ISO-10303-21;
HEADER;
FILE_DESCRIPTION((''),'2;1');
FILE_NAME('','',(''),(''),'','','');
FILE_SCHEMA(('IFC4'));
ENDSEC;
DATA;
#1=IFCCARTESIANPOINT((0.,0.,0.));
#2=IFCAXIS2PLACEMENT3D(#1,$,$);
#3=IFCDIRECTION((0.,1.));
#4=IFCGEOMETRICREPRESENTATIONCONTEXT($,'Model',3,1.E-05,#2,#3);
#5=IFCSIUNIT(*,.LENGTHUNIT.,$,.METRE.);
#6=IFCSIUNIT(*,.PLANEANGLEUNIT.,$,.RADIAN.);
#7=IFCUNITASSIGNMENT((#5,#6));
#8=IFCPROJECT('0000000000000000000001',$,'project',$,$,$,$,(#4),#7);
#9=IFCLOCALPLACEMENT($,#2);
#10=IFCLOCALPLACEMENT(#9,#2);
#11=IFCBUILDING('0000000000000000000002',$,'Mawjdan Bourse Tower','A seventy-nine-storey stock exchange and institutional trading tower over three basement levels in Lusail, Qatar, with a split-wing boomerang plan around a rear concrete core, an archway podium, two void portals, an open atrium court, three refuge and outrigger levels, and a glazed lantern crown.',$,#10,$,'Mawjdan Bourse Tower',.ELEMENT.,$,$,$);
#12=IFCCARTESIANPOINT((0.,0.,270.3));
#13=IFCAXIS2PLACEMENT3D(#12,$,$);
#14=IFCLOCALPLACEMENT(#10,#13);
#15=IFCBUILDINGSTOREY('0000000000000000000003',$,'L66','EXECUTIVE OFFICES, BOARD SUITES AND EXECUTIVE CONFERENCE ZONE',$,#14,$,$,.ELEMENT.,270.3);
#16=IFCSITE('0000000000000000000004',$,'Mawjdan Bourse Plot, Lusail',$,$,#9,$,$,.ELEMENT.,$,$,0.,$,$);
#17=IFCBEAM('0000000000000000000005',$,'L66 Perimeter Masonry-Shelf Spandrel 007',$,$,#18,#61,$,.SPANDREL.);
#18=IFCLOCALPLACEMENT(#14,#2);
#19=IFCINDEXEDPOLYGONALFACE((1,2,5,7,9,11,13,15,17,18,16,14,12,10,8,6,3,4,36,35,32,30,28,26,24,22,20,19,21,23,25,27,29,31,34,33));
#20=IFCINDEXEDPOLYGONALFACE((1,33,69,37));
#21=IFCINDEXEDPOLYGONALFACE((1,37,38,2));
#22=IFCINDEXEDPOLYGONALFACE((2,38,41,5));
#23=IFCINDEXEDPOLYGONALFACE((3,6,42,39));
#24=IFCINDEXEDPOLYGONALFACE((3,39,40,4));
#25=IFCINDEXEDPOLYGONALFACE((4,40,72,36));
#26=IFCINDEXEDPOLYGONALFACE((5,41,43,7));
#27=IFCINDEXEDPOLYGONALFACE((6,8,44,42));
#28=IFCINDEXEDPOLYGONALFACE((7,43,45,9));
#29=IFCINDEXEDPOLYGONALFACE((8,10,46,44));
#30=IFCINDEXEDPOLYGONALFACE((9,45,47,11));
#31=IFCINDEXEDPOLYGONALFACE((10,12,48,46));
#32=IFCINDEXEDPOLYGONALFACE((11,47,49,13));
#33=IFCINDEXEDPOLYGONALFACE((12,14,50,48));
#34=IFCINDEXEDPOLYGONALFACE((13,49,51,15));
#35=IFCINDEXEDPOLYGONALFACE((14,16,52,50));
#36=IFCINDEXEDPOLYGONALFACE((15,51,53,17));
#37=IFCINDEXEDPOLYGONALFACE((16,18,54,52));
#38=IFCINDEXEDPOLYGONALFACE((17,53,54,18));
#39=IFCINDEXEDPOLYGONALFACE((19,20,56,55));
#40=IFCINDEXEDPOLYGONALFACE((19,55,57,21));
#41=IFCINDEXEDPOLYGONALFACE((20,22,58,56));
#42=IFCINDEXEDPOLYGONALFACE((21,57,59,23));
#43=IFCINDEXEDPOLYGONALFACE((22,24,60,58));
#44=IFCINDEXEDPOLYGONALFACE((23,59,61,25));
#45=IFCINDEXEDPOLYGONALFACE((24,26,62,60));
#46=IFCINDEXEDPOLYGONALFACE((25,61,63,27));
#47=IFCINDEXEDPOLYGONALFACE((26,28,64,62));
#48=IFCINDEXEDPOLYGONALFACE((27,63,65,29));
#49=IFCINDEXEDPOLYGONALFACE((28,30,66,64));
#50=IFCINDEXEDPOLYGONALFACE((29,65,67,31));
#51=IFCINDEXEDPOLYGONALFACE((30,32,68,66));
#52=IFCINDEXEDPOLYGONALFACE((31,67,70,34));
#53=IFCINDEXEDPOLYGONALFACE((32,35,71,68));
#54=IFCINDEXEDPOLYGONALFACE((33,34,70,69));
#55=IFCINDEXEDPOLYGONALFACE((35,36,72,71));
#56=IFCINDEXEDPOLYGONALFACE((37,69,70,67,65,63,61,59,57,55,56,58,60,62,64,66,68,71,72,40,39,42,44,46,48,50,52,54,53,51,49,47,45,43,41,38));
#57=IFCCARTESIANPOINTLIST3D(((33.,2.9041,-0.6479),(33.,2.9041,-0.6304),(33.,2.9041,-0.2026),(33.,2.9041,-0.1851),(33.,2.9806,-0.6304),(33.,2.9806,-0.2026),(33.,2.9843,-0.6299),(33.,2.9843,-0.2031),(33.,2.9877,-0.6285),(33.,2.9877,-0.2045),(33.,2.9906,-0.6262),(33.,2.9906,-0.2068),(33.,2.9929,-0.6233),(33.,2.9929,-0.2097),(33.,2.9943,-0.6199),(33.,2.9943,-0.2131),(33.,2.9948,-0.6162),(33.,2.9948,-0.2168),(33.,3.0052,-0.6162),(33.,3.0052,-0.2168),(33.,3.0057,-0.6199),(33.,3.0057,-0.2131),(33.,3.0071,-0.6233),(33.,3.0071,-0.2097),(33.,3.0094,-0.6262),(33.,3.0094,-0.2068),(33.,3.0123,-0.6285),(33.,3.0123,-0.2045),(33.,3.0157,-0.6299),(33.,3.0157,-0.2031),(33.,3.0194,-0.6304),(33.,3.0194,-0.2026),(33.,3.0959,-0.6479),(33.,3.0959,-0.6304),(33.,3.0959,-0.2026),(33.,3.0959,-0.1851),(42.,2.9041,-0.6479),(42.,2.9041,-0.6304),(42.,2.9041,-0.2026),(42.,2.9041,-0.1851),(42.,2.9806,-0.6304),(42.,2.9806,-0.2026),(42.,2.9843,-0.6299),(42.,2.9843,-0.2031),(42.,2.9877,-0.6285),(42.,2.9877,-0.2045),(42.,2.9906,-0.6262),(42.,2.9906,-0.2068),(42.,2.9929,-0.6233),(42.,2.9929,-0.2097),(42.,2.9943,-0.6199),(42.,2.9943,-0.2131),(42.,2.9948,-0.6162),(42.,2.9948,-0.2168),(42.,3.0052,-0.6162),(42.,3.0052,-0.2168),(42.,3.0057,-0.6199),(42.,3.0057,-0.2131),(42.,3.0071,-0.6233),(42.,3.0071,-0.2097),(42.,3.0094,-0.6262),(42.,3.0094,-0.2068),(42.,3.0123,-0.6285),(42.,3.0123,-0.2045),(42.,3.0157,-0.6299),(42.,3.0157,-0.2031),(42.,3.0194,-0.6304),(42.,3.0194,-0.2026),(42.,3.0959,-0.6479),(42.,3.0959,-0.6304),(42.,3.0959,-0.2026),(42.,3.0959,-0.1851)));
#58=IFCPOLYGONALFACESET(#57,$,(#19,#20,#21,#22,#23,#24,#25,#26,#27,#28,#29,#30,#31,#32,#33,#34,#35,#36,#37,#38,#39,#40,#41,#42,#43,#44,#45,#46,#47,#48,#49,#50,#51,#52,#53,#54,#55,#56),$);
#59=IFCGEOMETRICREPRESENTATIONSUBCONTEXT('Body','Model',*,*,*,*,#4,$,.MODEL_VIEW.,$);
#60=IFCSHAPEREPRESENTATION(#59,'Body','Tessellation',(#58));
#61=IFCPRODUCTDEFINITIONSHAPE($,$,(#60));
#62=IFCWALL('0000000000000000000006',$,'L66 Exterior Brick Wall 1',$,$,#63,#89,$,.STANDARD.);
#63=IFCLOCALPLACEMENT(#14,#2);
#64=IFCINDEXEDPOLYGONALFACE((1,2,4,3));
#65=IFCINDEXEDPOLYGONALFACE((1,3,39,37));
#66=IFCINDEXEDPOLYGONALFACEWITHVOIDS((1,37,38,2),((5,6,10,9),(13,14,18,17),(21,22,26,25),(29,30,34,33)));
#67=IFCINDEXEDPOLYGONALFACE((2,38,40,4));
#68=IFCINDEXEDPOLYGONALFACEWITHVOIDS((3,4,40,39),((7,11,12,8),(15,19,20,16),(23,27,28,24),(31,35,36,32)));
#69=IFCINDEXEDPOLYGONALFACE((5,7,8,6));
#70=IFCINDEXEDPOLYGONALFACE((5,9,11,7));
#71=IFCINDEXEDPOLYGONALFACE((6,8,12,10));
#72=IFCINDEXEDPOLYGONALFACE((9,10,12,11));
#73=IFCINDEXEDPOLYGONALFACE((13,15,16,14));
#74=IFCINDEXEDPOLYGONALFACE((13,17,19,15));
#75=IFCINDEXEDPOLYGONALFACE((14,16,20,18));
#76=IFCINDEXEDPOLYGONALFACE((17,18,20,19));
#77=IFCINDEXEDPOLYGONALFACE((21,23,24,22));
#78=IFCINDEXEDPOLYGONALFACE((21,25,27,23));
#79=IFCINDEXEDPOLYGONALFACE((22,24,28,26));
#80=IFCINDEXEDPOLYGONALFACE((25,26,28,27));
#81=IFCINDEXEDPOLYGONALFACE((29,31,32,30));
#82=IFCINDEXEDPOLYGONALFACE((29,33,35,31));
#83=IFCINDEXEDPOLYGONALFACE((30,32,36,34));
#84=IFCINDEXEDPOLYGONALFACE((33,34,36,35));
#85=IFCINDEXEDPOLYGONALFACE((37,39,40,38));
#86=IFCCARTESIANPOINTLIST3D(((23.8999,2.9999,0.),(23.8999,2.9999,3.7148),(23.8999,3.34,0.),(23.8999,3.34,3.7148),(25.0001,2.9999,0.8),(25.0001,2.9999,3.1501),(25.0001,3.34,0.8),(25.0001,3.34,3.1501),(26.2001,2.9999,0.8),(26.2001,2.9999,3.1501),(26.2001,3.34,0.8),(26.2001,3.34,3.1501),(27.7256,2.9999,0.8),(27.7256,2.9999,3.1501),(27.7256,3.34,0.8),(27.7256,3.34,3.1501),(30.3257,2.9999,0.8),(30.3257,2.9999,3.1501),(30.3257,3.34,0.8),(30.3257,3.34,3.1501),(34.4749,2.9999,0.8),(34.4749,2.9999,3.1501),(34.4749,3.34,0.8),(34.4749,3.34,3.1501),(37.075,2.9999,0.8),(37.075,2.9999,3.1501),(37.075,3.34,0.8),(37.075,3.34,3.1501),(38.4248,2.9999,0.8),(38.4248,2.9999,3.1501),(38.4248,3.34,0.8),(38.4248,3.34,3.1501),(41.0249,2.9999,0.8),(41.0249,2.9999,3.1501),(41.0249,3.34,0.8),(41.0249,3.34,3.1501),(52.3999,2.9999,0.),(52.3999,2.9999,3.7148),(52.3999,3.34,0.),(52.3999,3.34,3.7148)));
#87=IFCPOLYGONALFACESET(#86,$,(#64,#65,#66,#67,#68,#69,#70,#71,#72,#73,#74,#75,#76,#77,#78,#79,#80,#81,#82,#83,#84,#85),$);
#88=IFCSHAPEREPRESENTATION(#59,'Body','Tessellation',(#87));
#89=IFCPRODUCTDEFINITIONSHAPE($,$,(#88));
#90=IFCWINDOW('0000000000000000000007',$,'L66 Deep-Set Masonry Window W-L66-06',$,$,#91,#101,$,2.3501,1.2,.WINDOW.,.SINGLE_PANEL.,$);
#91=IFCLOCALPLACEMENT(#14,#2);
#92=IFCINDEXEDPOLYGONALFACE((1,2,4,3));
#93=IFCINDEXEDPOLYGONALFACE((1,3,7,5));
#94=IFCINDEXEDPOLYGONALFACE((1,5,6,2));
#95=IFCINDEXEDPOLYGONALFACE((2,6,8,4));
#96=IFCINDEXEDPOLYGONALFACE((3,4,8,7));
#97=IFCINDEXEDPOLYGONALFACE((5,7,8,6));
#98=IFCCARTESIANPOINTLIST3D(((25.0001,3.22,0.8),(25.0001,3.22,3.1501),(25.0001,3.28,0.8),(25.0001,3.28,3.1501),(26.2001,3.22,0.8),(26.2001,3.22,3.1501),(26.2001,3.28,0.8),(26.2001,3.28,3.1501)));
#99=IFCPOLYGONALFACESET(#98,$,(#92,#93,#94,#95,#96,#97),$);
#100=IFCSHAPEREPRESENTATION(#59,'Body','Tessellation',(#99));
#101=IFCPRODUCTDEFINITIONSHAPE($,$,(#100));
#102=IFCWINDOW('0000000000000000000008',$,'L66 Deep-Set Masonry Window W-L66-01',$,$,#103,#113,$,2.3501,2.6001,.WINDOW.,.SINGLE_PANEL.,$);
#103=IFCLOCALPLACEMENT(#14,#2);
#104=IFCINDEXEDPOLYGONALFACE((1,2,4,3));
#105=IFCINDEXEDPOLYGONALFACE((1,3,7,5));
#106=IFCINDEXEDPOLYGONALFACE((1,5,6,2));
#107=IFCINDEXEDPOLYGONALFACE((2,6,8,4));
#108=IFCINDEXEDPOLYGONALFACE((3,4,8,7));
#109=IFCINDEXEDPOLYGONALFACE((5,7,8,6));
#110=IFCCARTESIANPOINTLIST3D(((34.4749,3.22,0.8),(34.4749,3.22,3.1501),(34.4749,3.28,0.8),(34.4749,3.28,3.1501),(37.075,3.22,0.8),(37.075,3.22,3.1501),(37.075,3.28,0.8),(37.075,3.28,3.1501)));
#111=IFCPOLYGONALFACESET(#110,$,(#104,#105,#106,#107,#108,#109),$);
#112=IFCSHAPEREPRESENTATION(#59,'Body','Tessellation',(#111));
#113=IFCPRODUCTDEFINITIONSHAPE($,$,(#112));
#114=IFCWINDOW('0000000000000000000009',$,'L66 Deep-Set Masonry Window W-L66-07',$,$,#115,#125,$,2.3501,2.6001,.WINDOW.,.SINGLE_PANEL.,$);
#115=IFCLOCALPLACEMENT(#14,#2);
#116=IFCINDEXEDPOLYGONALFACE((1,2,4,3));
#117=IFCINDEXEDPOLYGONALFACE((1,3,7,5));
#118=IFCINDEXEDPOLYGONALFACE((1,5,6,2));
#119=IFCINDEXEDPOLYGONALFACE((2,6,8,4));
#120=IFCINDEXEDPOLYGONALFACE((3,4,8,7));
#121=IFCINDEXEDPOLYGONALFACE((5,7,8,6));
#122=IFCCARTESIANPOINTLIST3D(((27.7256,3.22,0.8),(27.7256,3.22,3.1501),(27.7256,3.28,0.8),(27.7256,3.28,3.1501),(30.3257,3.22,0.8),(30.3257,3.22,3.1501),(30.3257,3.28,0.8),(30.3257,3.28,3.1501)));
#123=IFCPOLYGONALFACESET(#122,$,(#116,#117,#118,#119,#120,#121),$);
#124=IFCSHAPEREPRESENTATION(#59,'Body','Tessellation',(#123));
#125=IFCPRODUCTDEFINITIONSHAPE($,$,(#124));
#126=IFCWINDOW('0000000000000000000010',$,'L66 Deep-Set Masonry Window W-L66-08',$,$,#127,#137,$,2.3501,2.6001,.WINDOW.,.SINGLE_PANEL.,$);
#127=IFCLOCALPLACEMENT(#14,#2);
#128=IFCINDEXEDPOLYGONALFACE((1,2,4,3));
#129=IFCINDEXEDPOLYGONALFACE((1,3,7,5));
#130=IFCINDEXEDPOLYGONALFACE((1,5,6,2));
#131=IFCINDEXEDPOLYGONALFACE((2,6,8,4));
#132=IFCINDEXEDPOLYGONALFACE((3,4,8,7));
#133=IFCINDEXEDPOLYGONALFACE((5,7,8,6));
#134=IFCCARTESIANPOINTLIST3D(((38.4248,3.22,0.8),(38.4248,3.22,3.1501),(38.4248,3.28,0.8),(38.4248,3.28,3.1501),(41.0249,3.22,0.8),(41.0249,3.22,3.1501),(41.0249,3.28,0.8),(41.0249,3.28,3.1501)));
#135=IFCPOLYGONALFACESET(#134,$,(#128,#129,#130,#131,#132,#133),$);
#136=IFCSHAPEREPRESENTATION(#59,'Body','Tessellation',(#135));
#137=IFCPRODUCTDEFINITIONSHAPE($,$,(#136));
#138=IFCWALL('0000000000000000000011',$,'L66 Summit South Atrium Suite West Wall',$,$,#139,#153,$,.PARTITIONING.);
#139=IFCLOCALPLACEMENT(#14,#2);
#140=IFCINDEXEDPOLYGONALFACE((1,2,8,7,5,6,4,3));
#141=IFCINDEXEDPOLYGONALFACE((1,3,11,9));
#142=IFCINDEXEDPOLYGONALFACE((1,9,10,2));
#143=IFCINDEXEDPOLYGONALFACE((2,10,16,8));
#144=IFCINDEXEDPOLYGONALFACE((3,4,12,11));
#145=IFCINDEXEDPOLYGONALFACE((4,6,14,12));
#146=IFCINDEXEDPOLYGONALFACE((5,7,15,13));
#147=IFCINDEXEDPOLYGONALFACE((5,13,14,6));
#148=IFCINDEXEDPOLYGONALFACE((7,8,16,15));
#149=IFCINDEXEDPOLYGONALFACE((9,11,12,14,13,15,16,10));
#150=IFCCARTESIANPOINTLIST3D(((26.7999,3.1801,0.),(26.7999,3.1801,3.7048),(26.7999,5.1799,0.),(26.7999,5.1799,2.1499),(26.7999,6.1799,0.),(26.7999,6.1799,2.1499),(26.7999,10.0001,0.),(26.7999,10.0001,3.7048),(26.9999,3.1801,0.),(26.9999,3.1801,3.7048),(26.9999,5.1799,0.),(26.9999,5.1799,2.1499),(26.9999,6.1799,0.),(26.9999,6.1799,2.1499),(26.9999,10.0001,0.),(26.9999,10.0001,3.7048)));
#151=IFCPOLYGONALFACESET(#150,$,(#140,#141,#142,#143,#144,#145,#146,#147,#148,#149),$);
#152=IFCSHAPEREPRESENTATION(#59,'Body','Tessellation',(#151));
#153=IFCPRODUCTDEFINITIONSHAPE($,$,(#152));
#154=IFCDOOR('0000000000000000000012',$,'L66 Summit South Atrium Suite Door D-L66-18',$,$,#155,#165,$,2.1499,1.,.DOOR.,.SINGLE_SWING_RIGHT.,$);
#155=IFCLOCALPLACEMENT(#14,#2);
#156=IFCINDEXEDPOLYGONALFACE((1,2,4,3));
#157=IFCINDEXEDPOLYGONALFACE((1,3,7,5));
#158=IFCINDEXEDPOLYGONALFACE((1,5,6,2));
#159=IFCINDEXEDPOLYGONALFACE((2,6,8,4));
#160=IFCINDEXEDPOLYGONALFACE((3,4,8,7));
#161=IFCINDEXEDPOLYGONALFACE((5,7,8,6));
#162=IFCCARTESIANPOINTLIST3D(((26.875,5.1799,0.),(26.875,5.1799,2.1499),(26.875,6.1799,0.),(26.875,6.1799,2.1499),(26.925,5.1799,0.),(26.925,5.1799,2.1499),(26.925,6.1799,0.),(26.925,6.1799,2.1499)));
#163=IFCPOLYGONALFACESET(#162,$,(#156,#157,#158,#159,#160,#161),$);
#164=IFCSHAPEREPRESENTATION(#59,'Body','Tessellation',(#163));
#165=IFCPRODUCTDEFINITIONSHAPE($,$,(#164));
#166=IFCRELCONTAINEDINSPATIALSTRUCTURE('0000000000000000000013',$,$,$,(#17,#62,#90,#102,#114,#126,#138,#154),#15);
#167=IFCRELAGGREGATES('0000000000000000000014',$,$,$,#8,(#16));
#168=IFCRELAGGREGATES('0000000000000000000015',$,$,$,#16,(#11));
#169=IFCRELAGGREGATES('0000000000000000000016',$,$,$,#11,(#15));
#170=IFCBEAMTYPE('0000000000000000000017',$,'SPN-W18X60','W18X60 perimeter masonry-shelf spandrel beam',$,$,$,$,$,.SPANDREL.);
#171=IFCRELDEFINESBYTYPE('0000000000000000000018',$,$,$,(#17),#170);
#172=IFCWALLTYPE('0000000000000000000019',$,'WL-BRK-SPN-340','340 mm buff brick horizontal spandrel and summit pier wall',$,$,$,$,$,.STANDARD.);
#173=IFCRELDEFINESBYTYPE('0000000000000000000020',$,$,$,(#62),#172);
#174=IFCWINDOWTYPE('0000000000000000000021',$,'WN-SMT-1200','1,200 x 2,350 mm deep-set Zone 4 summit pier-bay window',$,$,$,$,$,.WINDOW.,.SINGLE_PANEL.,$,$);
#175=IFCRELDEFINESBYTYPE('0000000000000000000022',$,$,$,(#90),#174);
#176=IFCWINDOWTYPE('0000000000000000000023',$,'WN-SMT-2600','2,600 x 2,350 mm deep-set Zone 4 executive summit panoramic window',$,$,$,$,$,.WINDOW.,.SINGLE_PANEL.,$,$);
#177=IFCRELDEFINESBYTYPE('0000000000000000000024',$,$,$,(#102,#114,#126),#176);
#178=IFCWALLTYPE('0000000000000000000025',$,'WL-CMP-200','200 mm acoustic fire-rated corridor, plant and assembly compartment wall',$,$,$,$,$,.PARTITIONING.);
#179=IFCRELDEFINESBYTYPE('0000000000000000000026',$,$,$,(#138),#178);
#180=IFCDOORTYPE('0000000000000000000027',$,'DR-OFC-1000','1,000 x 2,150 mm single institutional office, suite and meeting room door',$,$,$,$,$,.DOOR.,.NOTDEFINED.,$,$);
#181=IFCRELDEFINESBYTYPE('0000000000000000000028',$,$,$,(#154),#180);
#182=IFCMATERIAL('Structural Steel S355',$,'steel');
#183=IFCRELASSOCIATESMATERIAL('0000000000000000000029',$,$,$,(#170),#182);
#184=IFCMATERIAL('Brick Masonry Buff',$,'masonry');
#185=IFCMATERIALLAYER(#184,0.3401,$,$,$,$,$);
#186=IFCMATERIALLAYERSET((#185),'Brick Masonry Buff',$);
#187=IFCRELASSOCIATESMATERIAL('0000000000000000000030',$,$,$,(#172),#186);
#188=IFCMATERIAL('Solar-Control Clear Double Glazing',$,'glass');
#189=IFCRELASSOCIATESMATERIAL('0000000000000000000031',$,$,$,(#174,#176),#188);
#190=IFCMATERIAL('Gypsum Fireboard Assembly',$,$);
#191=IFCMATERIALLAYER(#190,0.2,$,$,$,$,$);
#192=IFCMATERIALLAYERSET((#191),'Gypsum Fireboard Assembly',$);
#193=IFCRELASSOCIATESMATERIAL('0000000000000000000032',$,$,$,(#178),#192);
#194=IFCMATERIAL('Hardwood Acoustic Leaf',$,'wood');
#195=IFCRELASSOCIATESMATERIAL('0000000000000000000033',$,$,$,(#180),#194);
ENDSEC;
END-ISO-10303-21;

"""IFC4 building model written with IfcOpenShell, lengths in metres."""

from ifc_helpers import new_model, si_unit, direction, frame, frame_2d, origin, origin_2d, place, context, subcontext, project, spatial, rectangle, i_section, extrude, material, layer, layer_set, material_profile, profile_set, type_object, element, fill, save


model = new_model("IFC4")

# Units and contexts
model_context = context("Model", 3, precision=1e-05, world=origin(), true_north=direction((0.0, 1.0)))
body_context = subcontext(model_context, "Body", "Model", "MODEL_VIEW")
ifc_project = project(units=[si_unit("LENGTHUNIT", "METRE"), si_unit("PLANEANGLEUNIT", "RADIAN")], contexts=[model_context])

# Site, building, storey
site_placement = place(None, origin())
site = spatial("IfcSite", under=ifc_project, at=site_placement, Name="Mawjdan Bourse Plot, Lusail", CompositionType="ELEMENT", RefElevation=0.0)
building_placement = place(site_placement, origin())
building = spatial("IfcBuilding", under=site, at=building_placement, Name="Mawjdan Bourse Tower", Description="A seventy-nine-storey stock exchange and institutional trading tower over three basement levels in Lusail, Qatar, with a split-wing boomerang plan around a rear concrete core, an archway podium, two void portals, an open atrium court, three refuge and outrigger levels, and a glazed lantern crown.", LongName="Mawjdan Bourse Tower", CompositionType="ELEMENT")
storey_placement = place(building_placement, frame((0.0, 0.0, 270.3)))
storey = spatial("IfcBuildingStorey", under=building, at=storey_placement, Name="L66", Description="EXECUTIVE OFFICES, BOARD SUITES AND EXECUTIVE CONFERENCE ZONE", CompositionType="ELEMENT", Elevation=270.3)

# Beam
ifc_material_1 = material(Name="Structural Steel S355", Category="steel")
ifc_material_profile_1 = material_profile(ifc_material_1, i_section(OverallWidth=0.1919, OverallDepth=0.4629, WebThickness=0.0105, FlangeThickness=0.0176, FilletRadius=0.0142, at=origin_2d()), Name="W18X60")
ifc_profile_set_1 = profile_set([ifc_material_profile_1], Name="Structural Steel S355")
beam_type_1 = type_object("IfcBeamType", Name="SPN-W18X60", Description="W18X60 perimeter masonry-shelf spandrel beam", PredefinedType="SPANDREL", material=ifc_profile_set_1)
for number, where, z_axis, x_axis, name in (
    (1, (33.0, 3.0, -0.4165), (1.0, 0.0, 0.0), (0.0, 1.0, 0.0), "L66 Perimeter Masonry-Shelf Spandrel 007"),
):
    element("IfcBeam", number, at=place(storey_placement, frame(where, z_axis=z_axis, x_axis=x_axis)), inside=storey, type_object=beam_type_1, Name=name, PredefinedType="SPANDREL", context=body_context, shape_type="SweptSolid", body=[
        extrude(i_section(OverallWidth=0.1919, OverallDepth=0.4629, WebThickness=0.0105, FlangeThickness=0.0176, FilletRadius=0.0142, at=origin_2d()), origin(), (0.0, 0.0, 1.0), 9.0),
    ])

# Wall, openings, windows
ifc_material_2 = material(Name="Brick Masonry Buff", Category="masonry")
ifc_layer_1 = layer(ifc_material_2, 0.3401)
ifc_layer_set_1 = layer_set([ifc_layer_1], Name="Brick Masonry Buff")
wall_type_1 = type_object("IfcWallType", Name="WL-BRK-SPN-340", Description="340 mm buff brick horizontal spandrel and summit pier wall", PredefinedType="STANDARD", material=ifc_layer_set_1)
wall_1_placement = place(storey_placement, frame((23.8999, 3.1699, 0.0), z_axis=(0.0, 0.0, 1.0), x_axis=(1.0, 0.0, 0.0)))
wall_1 = element("IfcWall", 2, at=wall_1_placement, inside=storey, type_object=wall_type_1, Name="L66 Exterior Brick Wall 1", PredefinedType="STANDARD", context=body_context, shape_type="SweptSolid", body=[
    extrude(rectangle(XDim=28.5, YDim=0.3401, at=frame_2d((14.25, 0.0))), origin(), (0.0, 0.0, 1.0), 3.7148),
])
opening_1_placement = place(wall_1_placement, frame((10.575, 0.0, 0.8)))
opening_1 = element("IfcOpeningElement", 3, at=opening_1_placement, cuts=wall_1, PredefinedType="OPENING", context=body_context, shape_type="SweptSolid", body=[
    extrude(rectangle(XDim=2.6001, YDim=2.3501, at=frame_2d((1.3, 1.175))), frame((0.0, 0.1802, 0.0), z_axis=(0.0, -1.0, 0.0), x_axis=(1.0, 0.0, 0.0)), (0.0, 0.0, 1.0), 0.3601),
])
opening_2_placement = place(wall_1_placement, frame((1.1001, 0.0, 0.8)))
opening_2 = element("IfcOpeningElement", 4, at=opening_2_placement, cuts=wall_1, PredefinedType="OPENING", context=body_context, shape_type="SweptSolid", body=[
    extrude(rectangle(XDim=1.2, YDim=2.3501, at=frame_2d((0.6001, 1.175))), frame((0.0, 0.1802, 0.0), z_axis=(0.0, -1.0, 0.0), x_axis=(1.0, 0.0, 0.0)), (0.0, 0.0, 1.0), 0.3601),
])
opening_3_placement = place(wall_1_placement, frame((3.8257, 0.0, 0.8)))
opening_3 = element("IfcOpeningElement", 5, at=opening_3_placement, cuts=wall_1, PredefinedType="OPENING", context=body_context, shape_type="SweptSolid", body=[
    extrude(rectangle(XDim=2.6001, YDim=2.3501, at=frame_2d((1.3, 1.175))), frame((0.0, 0.1802, 0.0), z_axis=(0.0, -1.0, 0.0), x_axis=(1.0, 0.0, 0.0)), (0.0, 0.0, 1.0), 0.3601),
])
opening_4_placement = place(wall_1_placement, frame((14.5249, 0.0, 0.8)))
opening_4 = element("IfcOpeningElement", 6, at=opening_4_placement, cuts=wall_1, PredefinedType="OPENING", context=body_context, shape_type="SweptSolid", body=[
    extrude(rectangle(XDim=2.6001, YDim=2.3501, at=frame_2d((1.3, 1.175))), frame((0.0, 0.1802, 0.0), z_axis=(0.0, -1.0, 0.0), x_axis=(1.0, 0.0, 0.0)), (0.0, 0.0, 1.0), 0.3601),
])
ifc_material_3 = material(Name="Solar-Control Clear Double Glazing", Category="glass")
window_type_1 = type_object("IfcWindowType", Name="WN-SMT-1200", Description="1,200 x 2,350 mm deep-set Zone 4 summit pier-bay window", PartitioningType="SINGLE_PANEL", PredefinedType="WINDOW", material=ifc_material_3)
window_1_placement = place(opening_2_placement, origin())
window_1 = element("IfcWindow", 7, at=window_1_placement, inside=storey, type_object=window_type_1, Name="L66 Deep-Set Masonry Window W-L66-06", OverallHeight=2.3501, OverallWidth=1.2, PartitioningType="SINGLE_PANEL", PredefinedType="WINDOW", context=body_context, shape_type="SweptSolid", body=[
    extrude(rectangle(XDim=1.2, YDim=2.3501, at=frame_2d((0.6001, 1.175))), frame((0.0, 0.1101, 0.0), z_axis=(0.0, -1.0, 0.0), x_axis=(1.0, 0.0, 0.0)), (0.0, 0.0, 1.0), 0.0601),
])
fill(opening_2, window_1)
window_type_2 = type_object("IfcWindowType", Name="WN-SMT-2600", Description="2,600 x 2,350 mm deep-set Zone 4 executive summit panoramic window", PartitioningType="SINGLE_PANEL", PredefinedType="WINDOW", material=ifc_material_3)
window_2_placement = place(opening_1_placement, origin())
window_2 = element("IfcWindow", 8, at=window_2_placement, inside=storey, type_object=window_type_2, Name="L66 Deep-Set Masonry Window W-L66-01", OverallHeight=2.3501, OverallWidth=2.6001, PartitioningType="SINGLE_PANEL", PredefinedType="WINDOW", context=body_context, shape_type="SweptSolid", body=[
    extrude(rectangle(XDim=2.6001, YDim=2.3501, at=frame_2d((1.3, 1.175))), frame((0.0, 0.1101, 0.0), z_axis=(0.0, -1.0, 0.0), x_axis=(1.0, 0.0, 0.0)), (0.0, 0.0, 1.0), 0.0601),
])
fill(opening_1, window_2)
window_3_placement = place(opening_3_placement, origin())
window_3 = element("IfcWindow", 9, at=window_3_placement, inside=storey, type_object=window_type_2, Name="L66 Deep-Set Masonry Window W-L66-07", OverallHeight=2.3501, OverallWidth=2.6001, PartitioningType="SINGLE_PANEL", PredefinedType="WINDOW", context=body_context, shape_type="SweptSolid", body=[
    extrude(rectangle(XDim=2.6001, YDim=2.3501, at=frame_2d((1.3, 1.175))), frame((0.0, 0.1101, 0.0), z_axis=(0.0, -1.0, 0.0), x_axis=(1.0, 0.0, 0.0)), (0.0, 0.0, 1.0), 0.0601),
])
fill(opening_3, window_3)
window_4_placement = place(opening_4_placement, origin())
window_4 = element("IfcWindow", 10, at=window_4_placement, inside=storey, type_object=window_type_2, Name="L66 Deep-Set Masonry Window W-L66-08", OverallHeight=2.3501, OverallWidth=2.6001, PartitioningType="SINGLE_PANEL", PredefinedType="WINDOW", context=body_context, shape_type="SweptSolid", body=[
    extrude(rectangle(XDim=2.6001, YDim=2.3501, at=frame_2d((1.3, 1.175))), frame((0.0, 0.1101, 0.0), z_axis=(0.0, -1.0, 0.0), x_axis=(1.0, 0.0, 0.0)), (0.0, 0.0, 1.0), 0.0601),
])
fill(opening_4, window_4)

# Wall, opening, door
ifc_material_4 = material(Name="Gypsum Fireboard Assembly")
ifc_layer_2 = layer(ifc_material_4, 0.2)
ifc_layer_set_2 = layer_set([ifc_layer_2], Name="Gypsum Fireboard Assembly")
wall_type_2 = type_object("IfcWallType", Name="WL-CMP-200", Description="200 mm acoustic fire-rated corridor, plant and assembly compartment wall", PredefinedType="PARTITIONING", material=ifc_layer_set_2)
ifc_material_5 = material(Name="Hardwood Acoustic Leaf", Category="wood")
door_type_1 = type_object("IfcDoorType", Name="DR-OFC-1000", Description="1,000 x 2,150 mm single institutional office, suite and meeting room door", OperationType="NOTDEFINED", PredefinedType="DOOR", material=ifc_material_5)
wall_2_placement = place(storey_placement, frame((26.8999, 3.1799, 0.0), z_axis=(0.0, 0.0, 1.0), x_axis=(0.0, 1.0, 0.0)))
wall_2 = element("IfcWall", 11, at=wall_2_placement, inside=storey, type_object=wall_type_2, Name="L66 Summit South Atrium Suite West Wall", PredefinedType="PARTITIONING", context=body_context, shape_type="SweptSolid", body=[
    extrude(rectangle(XDim=6.8201, YDim=0.2, at=frame_2d((3.4102, 0.0))), origin(), (0.0, 0.0, 1.0), 3.7048),
])
opening_5_placement = place(wall_2_placement, frame((2.0, 0.0, 0.0)))
opening_5 = element("IfcOpeningElement", 12, at=opening_5_placement, cuts=wall_2, PredefinedType="OPENING", context=body_context, shape_type="SweptSolid", body=[
    extrude(rectangle(XDim=1.0, YDim=2.1499, at=frame_2d((0.5, 1.075))), frame((0.0, 0.1099, 0.0), z_axis=(0.0, -1.0, 0.0), x_axis=(1.0, 0.0, 0.0)), (0.0, 0.0, 1.0), 0.22),
])
door_1_placement = place(opening_5_placement, origin())
door_1 = element("IfcDoor", 13, at=door_1_placement, inside=storey, type_object=door_type_1, Name="L66 Summit South Atrium Suite Door D-L66-18", OperationType="SINGLE_SWING_RIGHT", OverallHeight=2.1499, OverallWidth=1.0, PredefinedType="DOOR", context=body_context, shape_type="SweptSolid", body=[
    extrude(rectangle(XDim=1.0, YDim=2.1499, at=frame_2d((0.5, 1.075))), frame((0.0, 0.0249, 0.0), z_axis=(0.0, -1.0, 0.0), x_axis=(1.0, 0.0, 0.0)), (0.0, 0.0, 1.0), 0.05),
])
fill(opening_5, door_1)

save(model, "model.ifc")
